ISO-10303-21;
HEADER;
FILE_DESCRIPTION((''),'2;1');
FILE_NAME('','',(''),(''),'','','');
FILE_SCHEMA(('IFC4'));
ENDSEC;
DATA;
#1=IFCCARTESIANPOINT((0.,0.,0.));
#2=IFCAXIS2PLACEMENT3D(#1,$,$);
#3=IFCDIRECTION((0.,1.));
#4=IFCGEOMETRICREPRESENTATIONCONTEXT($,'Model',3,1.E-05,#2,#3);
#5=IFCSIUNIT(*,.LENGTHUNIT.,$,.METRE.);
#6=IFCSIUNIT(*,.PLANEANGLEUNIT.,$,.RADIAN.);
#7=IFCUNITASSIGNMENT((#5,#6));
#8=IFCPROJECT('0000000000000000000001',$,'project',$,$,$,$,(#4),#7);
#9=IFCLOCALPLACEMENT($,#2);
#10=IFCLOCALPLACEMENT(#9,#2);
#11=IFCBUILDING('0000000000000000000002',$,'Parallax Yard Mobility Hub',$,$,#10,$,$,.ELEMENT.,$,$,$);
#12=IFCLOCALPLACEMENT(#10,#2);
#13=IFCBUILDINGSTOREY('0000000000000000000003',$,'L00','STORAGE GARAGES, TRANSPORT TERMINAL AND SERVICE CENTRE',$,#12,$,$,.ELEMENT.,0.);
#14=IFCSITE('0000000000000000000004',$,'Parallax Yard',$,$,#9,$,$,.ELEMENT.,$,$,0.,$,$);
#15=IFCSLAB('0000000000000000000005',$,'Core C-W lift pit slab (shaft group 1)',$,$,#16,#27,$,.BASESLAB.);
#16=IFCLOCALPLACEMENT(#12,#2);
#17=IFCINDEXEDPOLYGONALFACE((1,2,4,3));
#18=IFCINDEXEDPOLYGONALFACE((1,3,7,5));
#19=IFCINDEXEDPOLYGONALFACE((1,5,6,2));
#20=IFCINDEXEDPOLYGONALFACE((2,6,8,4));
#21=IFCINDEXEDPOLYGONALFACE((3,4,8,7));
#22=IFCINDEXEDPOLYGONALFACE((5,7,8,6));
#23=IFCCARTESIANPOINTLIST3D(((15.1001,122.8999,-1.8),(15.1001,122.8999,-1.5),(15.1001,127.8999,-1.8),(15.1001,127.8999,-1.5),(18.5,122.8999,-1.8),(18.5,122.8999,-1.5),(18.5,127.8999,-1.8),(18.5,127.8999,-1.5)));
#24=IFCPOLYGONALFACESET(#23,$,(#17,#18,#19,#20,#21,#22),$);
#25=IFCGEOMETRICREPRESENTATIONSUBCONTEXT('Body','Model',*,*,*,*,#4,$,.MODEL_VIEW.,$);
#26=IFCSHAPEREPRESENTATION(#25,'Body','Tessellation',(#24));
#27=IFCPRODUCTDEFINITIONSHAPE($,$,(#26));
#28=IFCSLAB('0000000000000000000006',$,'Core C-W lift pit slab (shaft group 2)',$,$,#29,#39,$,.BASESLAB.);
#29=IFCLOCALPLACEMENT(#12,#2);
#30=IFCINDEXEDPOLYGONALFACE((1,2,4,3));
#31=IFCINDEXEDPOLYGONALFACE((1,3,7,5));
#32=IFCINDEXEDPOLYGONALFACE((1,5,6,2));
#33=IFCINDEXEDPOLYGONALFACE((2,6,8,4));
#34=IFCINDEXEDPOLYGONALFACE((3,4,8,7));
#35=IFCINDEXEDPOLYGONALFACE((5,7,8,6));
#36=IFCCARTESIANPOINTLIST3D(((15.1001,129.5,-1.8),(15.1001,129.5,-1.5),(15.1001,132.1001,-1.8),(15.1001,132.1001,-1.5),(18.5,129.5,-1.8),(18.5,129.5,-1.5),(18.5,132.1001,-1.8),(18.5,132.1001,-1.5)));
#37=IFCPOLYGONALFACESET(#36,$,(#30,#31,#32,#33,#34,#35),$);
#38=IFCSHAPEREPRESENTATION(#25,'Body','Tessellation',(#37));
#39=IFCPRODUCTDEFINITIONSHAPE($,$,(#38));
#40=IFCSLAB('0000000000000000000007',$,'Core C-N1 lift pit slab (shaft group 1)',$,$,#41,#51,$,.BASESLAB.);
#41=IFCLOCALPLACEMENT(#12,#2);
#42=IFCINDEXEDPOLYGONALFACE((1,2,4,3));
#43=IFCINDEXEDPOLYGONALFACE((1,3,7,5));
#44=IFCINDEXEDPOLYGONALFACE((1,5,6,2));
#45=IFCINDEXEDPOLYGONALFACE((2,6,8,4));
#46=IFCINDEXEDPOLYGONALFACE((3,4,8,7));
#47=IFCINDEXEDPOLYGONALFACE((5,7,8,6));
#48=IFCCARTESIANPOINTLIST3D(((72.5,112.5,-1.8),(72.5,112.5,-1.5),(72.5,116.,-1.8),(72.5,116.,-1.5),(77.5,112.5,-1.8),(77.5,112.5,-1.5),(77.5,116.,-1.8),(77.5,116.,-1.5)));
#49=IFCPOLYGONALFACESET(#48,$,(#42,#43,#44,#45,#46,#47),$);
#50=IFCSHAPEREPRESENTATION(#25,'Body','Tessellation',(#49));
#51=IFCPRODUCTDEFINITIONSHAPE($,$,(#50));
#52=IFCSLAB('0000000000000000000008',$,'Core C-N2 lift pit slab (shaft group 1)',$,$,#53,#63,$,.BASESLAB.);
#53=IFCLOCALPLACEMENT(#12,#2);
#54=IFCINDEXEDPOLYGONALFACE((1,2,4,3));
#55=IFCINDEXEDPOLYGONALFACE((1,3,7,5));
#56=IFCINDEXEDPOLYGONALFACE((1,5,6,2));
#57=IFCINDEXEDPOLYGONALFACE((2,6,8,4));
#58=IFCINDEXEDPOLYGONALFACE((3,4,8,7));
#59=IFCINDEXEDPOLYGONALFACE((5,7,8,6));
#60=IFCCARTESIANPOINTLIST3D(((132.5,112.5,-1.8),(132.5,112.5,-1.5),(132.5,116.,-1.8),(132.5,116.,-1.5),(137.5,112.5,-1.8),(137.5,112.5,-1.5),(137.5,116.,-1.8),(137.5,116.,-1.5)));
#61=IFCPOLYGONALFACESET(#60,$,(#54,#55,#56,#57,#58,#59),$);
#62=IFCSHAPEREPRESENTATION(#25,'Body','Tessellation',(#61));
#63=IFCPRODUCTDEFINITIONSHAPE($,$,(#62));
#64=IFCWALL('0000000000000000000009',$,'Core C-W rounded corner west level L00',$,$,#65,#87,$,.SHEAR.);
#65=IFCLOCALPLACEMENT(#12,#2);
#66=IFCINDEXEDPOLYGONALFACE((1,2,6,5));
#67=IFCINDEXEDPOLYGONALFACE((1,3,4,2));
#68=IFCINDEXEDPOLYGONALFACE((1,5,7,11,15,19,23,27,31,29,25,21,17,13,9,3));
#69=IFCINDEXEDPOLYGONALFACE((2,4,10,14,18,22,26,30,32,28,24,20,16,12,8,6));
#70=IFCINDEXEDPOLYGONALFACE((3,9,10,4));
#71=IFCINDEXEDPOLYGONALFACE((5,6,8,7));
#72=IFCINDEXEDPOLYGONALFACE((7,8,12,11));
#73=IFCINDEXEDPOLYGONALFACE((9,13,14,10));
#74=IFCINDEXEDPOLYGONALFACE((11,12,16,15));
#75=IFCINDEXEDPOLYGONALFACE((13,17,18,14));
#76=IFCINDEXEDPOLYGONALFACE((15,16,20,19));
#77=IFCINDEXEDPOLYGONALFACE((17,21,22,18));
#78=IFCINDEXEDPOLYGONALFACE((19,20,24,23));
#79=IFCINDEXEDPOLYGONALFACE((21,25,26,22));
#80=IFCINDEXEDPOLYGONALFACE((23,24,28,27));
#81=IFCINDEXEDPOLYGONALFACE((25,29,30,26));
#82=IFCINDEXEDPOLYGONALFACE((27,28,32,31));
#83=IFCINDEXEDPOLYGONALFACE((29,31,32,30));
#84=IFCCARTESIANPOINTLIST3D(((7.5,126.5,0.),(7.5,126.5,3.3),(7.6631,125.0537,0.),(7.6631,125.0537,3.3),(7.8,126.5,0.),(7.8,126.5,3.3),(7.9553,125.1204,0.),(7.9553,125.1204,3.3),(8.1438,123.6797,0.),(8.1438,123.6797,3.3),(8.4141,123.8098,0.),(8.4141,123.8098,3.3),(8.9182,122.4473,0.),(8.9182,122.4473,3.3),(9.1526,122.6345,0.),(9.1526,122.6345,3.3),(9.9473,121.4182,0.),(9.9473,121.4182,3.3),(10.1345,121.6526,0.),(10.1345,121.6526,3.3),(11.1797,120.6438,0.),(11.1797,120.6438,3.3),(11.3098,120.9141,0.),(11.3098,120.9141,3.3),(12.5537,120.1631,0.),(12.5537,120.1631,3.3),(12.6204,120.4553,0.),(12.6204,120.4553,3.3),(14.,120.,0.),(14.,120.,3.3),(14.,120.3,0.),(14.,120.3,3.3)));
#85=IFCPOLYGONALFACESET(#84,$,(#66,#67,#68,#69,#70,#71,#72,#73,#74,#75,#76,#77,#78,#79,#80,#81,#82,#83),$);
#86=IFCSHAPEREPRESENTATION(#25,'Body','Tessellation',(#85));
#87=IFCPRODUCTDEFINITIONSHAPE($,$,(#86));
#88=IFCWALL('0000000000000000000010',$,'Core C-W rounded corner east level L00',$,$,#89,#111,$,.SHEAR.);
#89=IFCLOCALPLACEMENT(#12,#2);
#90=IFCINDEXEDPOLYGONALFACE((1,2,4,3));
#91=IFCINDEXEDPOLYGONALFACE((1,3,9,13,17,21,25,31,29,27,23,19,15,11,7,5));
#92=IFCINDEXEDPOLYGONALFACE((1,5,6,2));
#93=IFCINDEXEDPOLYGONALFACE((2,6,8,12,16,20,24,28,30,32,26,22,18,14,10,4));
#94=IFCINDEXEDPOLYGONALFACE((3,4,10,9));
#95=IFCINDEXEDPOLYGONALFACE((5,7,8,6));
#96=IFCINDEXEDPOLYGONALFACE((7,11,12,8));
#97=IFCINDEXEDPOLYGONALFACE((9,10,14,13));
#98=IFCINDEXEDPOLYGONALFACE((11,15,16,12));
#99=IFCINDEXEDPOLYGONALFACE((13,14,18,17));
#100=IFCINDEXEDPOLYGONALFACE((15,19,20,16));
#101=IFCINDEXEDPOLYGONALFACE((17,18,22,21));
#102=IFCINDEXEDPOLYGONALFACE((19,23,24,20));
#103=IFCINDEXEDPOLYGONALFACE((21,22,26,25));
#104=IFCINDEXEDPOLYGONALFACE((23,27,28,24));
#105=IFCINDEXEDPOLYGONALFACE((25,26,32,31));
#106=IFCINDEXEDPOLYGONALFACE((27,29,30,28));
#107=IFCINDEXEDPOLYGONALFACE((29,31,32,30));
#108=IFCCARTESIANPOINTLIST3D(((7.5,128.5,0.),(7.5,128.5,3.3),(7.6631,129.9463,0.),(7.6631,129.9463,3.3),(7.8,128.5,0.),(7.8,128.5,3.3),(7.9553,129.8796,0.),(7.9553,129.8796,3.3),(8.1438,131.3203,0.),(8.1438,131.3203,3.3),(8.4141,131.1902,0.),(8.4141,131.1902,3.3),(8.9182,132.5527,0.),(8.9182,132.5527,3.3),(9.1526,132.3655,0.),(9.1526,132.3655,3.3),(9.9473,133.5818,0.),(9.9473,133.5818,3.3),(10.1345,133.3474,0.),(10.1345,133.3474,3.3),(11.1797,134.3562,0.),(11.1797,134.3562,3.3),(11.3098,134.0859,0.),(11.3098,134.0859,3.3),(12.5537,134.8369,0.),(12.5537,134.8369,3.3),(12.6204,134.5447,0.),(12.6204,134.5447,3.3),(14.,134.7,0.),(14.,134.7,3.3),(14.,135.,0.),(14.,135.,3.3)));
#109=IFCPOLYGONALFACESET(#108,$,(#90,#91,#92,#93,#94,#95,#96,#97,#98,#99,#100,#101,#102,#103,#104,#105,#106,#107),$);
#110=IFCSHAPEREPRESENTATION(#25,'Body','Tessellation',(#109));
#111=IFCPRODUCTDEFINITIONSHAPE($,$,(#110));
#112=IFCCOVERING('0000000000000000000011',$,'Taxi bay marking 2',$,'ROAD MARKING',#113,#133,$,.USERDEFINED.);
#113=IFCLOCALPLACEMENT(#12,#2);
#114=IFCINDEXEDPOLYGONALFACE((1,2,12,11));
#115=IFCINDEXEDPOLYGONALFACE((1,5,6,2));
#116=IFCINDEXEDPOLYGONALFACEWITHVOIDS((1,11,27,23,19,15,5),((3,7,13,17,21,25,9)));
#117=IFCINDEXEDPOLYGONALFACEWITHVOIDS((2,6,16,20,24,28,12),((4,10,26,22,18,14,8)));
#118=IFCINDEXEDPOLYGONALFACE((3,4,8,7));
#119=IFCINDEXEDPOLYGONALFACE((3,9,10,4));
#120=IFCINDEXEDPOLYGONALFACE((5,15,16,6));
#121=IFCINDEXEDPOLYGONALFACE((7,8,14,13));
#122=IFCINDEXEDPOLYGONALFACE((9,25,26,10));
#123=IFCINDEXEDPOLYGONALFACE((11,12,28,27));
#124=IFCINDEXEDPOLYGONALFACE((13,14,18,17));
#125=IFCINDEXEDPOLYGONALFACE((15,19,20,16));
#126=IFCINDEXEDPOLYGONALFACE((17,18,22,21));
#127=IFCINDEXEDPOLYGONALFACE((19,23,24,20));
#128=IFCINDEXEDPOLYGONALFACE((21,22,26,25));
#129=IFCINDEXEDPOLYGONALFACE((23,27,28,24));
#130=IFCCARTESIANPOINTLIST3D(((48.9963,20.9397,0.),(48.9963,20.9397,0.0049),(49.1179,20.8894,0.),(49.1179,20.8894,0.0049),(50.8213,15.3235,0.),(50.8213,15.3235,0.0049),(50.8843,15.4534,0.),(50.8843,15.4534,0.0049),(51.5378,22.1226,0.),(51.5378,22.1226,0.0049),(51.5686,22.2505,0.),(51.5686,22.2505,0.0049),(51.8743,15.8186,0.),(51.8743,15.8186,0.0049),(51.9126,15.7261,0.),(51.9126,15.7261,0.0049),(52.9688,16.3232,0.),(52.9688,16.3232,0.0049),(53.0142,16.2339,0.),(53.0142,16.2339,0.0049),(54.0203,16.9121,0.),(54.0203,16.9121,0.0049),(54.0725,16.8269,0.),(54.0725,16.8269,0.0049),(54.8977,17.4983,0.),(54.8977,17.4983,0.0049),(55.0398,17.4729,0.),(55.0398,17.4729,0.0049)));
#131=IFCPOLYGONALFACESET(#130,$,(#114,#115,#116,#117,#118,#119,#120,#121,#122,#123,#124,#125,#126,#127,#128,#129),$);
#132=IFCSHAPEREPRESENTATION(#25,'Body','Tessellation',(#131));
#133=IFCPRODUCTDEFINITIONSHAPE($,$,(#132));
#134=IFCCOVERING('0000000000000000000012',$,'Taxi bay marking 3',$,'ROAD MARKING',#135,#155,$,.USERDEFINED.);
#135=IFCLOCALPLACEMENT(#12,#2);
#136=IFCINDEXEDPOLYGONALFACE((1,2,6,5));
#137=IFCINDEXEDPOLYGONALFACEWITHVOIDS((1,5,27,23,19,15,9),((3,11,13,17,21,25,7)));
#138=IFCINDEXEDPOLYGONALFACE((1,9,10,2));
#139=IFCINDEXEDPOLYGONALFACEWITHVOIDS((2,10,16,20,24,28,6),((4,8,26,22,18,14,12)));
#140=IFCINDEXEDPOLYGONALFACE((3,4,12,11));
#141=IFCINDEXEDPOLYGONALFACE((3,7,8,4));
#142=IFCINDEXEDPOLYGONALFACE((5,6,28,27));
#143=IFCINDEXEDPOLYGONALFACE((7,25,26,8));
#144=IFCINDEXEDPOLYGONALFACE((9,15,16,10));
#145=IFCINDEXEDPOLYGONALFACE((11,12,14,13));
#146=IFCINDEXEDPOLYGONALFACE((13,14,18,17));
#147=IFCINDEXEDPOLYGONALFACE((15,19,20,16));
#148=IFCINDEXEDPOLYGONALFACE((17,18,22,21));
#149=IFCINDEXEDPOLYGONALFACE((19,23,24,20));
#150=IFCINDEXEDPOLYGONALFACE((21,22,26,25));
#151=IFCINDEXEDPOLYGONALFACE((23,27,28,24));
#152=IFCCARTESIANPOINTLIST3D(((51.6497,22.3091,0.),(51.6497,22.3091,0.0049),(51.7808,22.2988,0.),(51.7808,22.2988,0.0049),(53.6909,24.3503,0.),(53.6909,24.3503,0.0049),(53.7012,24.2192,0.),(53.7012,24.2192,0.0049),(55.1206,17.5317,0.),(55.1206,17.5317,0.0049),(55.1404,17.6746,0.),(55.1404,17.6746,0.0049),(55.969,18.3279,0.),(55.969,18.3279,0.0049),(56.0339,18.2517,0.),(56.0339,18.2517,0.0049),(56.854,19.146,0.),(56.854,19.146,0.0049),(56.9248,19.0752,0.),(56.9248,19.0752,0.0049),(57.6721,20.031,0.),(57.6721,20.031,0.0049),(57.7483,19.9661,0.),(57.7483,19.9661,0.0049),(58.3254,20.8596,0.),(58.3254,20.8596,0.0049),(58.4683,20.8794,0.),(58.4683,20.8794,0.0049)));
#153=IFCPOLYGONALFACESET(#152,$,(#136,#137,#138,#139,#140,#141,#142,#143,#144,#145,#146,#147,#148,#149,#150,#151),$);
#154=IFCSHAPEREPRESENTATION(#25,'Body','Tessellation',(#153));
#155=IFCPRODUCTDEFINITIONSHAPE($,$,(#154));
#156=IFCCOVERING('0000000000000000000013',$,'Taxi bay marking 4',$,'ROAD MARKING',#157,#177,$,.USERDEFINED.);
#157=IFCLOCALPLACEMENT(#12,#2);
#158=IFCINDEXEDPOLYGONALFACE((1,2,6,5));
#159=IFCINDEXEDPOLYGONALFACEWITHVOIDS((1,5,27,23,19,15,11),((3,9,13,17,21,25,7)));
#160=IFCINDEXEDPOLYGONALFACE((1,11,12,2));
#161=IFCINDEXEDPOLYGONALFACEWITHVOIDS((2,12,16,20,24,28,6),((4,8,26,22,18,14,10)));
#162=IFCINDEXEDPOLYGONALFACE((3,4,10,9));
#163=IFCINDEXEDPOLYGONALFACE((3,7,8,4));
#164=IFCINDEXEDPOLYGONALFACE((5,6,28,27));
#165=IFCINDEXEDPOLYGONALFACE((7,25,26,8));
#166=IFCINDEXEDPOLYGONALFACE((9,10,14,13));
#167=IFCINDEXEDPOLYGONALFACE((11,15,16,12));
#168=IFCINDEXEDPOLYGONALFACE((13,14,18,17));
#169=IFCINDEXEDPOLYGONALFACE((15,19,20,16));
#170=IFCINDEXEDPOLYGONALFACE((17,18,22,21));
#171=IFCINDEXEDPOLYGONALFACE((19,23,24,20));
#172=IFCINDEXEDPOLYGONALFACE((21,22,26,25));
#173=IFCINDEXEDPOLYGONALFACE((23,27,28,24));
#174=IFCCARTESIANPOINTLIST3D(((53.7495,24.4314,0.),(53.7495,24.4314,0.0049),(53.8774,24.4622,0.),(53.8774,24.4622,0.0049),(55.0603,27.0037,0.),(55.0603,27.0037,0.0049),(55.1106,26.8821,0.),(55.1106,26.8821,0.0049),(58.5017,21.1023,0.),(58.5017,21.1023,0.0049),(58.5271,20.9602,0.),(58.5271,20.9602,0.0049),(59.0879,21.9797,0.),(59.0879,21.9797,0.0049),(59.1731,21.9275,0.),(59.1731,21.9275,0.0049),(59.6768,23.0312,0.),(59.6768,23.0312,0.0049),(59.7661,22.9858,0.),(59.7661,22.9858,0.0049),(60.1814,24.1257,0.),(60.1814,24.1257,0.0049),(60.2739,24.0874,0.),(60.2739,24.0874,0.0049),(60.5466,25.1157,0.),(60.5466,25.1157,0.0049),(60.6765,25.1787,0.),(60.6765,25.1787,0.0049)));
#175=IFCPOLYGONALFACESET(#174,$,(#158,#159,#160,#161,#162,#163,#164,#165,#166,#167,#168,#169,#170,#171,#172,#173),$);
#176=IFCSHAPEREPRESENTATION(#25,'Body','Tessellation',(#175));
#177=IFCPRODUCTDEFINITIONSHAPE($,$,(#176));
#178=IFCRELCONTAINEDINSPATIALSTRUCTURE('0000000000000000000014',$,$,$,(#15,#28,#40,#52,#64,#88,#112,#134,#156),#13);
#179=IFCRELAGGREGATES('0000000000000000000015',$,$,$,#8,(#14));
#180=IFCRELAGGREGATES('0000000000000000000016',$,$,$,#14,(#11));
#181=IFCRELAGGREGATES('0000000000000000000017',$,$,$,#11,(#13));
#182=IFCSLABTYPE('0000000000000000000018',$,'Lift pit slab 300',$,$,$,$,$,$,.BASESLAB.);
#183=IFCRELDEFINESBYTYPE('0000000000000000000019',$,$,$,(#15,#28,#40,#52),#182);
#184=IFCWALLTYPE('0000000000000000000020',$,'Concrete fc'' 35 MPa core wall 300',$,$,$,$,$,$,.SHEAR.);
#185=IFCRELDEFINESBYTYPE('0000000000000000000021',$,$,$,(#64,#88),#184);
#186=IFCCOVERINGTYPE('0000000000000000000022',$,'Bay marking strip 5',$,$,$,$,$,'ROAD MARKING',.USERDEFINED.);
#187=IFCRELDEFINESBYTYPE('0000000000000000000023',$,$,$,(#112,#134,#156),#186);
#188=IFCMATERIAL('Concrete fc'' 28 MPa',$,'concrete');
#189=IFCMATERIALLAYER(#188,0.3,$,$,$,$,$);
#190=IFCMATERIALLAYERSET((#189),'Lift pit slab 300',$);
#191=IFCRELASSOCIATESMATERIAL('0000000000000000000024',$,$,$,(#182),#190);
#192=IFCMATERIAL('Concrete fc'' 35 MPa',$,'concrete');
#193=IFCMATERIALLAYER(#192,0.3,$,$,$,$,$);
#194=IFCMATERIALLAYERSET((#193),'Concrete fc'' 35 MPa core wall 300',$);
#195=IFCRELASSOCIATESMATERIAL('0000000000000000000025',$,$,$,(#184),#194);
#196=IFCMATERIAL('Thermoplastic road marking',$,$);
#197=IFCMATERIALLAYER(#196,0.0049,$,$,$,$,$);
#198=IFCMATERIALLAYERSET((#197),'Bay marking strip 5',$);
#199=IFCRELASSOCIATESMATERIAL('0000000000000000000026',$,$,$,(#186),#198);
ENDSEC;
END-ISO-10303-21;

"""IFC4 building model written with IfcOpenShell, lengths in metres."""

from ifc_helpers import new_model, si_unit, direction, frame, origin, place, context, subcontext, project, spatial, polyline, outline, extrude, material, layer, layer_set, type_object, element, save


model = new_model("IFC4")

# Units and contexts
model_context = context("Model", 3, precision=1e-05, world=origin(), true_north=direction((0.0, 1.0)))
body_context = subcontext(model_context, "Body", "Model", "MODEL_VIEW")
ifc_project = project(units=[si_unit("LENGTHUNIT", "METRE"), si_unit("PLANEANGLEUNIT", "RADIAN")], contexts=[model_context])

# Site, building, storey
site_placement = place(None, origin())
site = spatial("IfcSite", under=ifc_project, at=site_placement, Name="Parallax Yard", CompositionType="ELEMENT", RefElevation=0.0)
building_placement = place(site_placement, origin())
building = spatial("IfcBuilding", under=site, at=building_placement, Name="Parallax Yard Mobility Hub", CompositionType="ELEMENT")
storey_placement = place(building_placement, origin())
storey = spatial("IfcBuildingStorey", under=building, at=storey_placement, Name="L00", Description="STORAGE GARAGES, TRANSPORT TERMINAL AND SERVICE CENTRE", CompositionType="ELEMENT", Elevation=0.0)

# Shared definitions
ifc_material_1 = material(Name="Concrete fc' 28 MPa", Category="concrete")

# Shared definitions
ifc_material_2 = material(Name="Concrete fc' 35 MPa", Category="concrete")

# Slabs
ifc_layer_1 = layer(ifc_material_1, 0.3)
ifc_layer_set_1 = layer_set([ifc_layer_1], Name="Lift pit slab 300")
slab_type_1 = type_object("IfcSlabType", Name="Lift pit slab 300", PredefinedType="BASESLAB", material=ifc_layer_set_1)
slab_1_placement = place(storey_placement, frame((0.0, 0.0, -1.8)))
element("IfcSlab", 1, at=slab_1_placement, inside=storey, type_object=slab_type_1, Name="Core C-W lift pit slab (shaft group 1)", PredefinedType="BASESLAB", context=body_context, shape_type="SweptSolid", body=[
    extrude(outline(polyline([(18.5, 122.8999), (18.5, 127.8999), (15.1001, 127.8999), (15.1001, 122.8999), (18.5, 122.8999)])), origin(), (0.0, 0.0, 1.0), 0.3),
])
slab_2_placement = place(storey_placement, frame((0.0, 0.0, -1.8)))
element("IfcSlab", 2, at=slab_2_placement, inside=storey, type_object=slab_type_1, Name="Core C-W lift pit slab (shaft group 2)", PredefinedType="BASESLAB", context=body_context, shape_type="SweptSolid", body=[
    extrude(outline(polyline([(18.5, 129.5), (18.5, 132.1001), (15.1001, 132.1001), (15.1001, 129.5), (18.5, 129.5)])), origin(), (0.0, 0.0, 1.0), 0.3),
])
slab_3_placement = place(storey_placement, frame((0.0, 0.0, -1.8)))
element("IfcSlab", 3, at=slab_3_placement, inside=storey, type_object=slab_type_1, Name="Core C-N1 lift pit slab (shaft group 1)", PredefinedType="BASESLAB", context=body_context, shape_type="SweptSolid", body=[
    extrude(outline(polyline([(77.5, 116.0), (72.5, 116.0), (72.5, 112.5), (77.5, 112.5), (77.5, 116.0)])), origin(), (0.0, 0.0, 1.0), 0.3),
])
slab_4_placement = place(storey_placement, frame((0.0, 0.0, -1.8)))
element("IfcSlab", 4, at=slab_4_placement, inside=storey, type_object=slab_type_1, Name="Core C-N2 lift pit slab (shaft group 1)", PredefinedType="BASESLAB", context=body_context, shape_type="SweptSolid", body=[
    extrude(outline(polyline([(137.5, 116.0), (132.5, 116.0), (132.5, 112.5), (137.5, 112.5), (137.5, 116.0)])), origin(), (0.0, 0.0, 1.0), 0.3),
])

# Walls
ifc_layer_2 = layer(ifc_material_2, 0.3)
ifc_layer_set_2 = layer_set([ifc_layer_2], Name="Concrete fc' 35 MPa core wall 300")
wall_type = type_object("IfcWallType", Name="Concrete fc' 35 MPa core wall 300", PredefinedType="SHEAR", material=ifc_layer_set_2)
wall_1_placement = place(storey_placement, origin())
element("IfcWall", 5, at=wall_1_placement, inside=storey, type_object=wall_type, Name="Core C-W rounded corner west level L00", PredefinedType="SHEAR", context=body_context, shape_type="SweptSolid", body=[
    extrude(outline(polyline([(14.0, 120.0), (12.5537, 120.1631), (11.1797, 120.6438), (9.9473, 121.4182), (8.9182, 122.4473), (8.1438, 123.6797), (7.6631, 125.0537), (7.5, 126.5), (7.8, 126.5), (7.9553, 125.1204), (8.4141, 123.8098), (9.1526, 122.6345), (10.1345, 121.6526), (11.3098, 120.9141), (12.6204, 120.4553), (14.0, 120.3), (14.0, 120.0)])), origin(), (0.0, 0.0, 1.0), 3.3),
])
wall_2_placement = place(storey_placement, origin())
element("IfcWall", 6, at=wall_2_placement, inside=storey, type_object=wall_type, Name="Core C-W rounded corner east level L00", PredefinedType="SHEAR", context=body_context, shape_type="SweptSolid", body=[
    extrude(outline(polyline([(14.0, 135.0), (12.5537, 134.8369), (11.1797, 134.3562), (9.9473, 133.5818), (8.9182, 132.5527), (8.1438, 131.3203), (7.6631, 129.9463), (7.5, 128.5), (7.8, 128.5), (7.9553, 129.8796), (8.4141, 131.1902), (9.1526, 132.3655), (10.1345, 133.3474), (11.3098, 134.0859), (12.6204, 134.5447), (14.0, 134.7), (14.0, 135.0)])), origin(), (0.0, 0.0, 1.0), 3.3),
])

# Coverings
ifc_material_3 = material(Name="Thermoplastic road marking")
ifc_layer_3 = layer(ifc_material_3, 0.0049)
ifc_layer_set_3 = layer_set([ifc_layer_3], Name="Bay marking strip 5")
covering_type = type_object("IfcCoveringType", Name="Bay marking strip 5", ElementType="ROAD MARKING", PredefinedType="USERDEFINED", material=ifc_layer_set_3)
covering_1_placement = place(storey_placement, origin())
element("IfcCovering", 7, at=covering_1_placement, inside=storey, type_object=covering_type, Name="Taxi bay marking 2", ObjectType="ROAD MARKING", PredefinedType="USERDEFINED", context=body_context, shape_type="SweptSolid", body=[
    extrude(outline(polyline([(48.9963, 20.9397), (51.5686, 22.2505), (55.0398, 17.4729), (54.0725, 16.8269), (53.0142, 16.2339), (51.9126, 15.7261), (50.8213, 15.3235), (48.9963, 20.9397)]), holes=[polyline([(49.1179, 20.8894), (51.5378, 22.1226), (54.8977, 17.4983), (54.0203, 16.9121), (52.9688, 16.3232), (51.8743, 15.8186), (50.8843, 15.4534), (49.1179, 20.8894)])]), origin(), (0.0, 0.0, 1.0), 0.0049),
])
covering_2_placement = place(storey_placement, origin())
element("IfcCovering", 8, at=covering_2_placement, inside=storey, type_object=covering_type, Name="Taxi bay marking 3", ObjectType="ROAD MARKING", PredefinedType="USERDEFINED", context=body_context, shape_type="SweptSolid", body=[
    extrude(outline(polyline([(51.6497, 22.3091), (53.6909, 24.3503), (58.4683, 20.8794), (57.7483, 19.9661), (56.9248, 19.0752), (56.0339, 18.2517), (55.1206, 17.5317), (51.6497, 22.3091)]), holes=[polyline([(51.7808, 22.2988), (53.7012, 24.2192), (58.3254, 20.8596), (57.6721, 20.031), (56.854, 19.146), (55.969, 18.3279), (55.1404, 17.6746), (51.7808, 22.2988)])]), origin(), (0.0, 0.0, 1.0), 0.0049),
])
covering_3_placement = place(storey_placement, origin())
element("IfcCovering", 9, at=covering_3_placement, inside=storey, type_object=covering_type, Name="Taxi bay marking 4", ObjectType="ROAD MARKING", PredefinedType="USERDEFINED", context=body_context, shape_type="SweptSolid", body=[
    extrude(outline(polyline([(53.7495, 24.4314), (55.0603, 27.0037), (60.6765, 25.1787), (60.2739, 24.0874), (59.7661, 22.9858), (59.1731, 21.9275), (58.5271, 20.9602), (53.7495, 24.4314)]), holes=[polyline([(53.8774, 24.4622), (55.1106, 26.8821), (60.5466, 25.1157), (60.1814, 24.1257), (59.6768, 23.0312), (59.0879, 21.9797), (58.5017, 21.1023), (53.8774, 24.4622)])]), origin(), (0.0, 0.0, 1.0), 0.0049),
])

save(model, "model.ifc")
